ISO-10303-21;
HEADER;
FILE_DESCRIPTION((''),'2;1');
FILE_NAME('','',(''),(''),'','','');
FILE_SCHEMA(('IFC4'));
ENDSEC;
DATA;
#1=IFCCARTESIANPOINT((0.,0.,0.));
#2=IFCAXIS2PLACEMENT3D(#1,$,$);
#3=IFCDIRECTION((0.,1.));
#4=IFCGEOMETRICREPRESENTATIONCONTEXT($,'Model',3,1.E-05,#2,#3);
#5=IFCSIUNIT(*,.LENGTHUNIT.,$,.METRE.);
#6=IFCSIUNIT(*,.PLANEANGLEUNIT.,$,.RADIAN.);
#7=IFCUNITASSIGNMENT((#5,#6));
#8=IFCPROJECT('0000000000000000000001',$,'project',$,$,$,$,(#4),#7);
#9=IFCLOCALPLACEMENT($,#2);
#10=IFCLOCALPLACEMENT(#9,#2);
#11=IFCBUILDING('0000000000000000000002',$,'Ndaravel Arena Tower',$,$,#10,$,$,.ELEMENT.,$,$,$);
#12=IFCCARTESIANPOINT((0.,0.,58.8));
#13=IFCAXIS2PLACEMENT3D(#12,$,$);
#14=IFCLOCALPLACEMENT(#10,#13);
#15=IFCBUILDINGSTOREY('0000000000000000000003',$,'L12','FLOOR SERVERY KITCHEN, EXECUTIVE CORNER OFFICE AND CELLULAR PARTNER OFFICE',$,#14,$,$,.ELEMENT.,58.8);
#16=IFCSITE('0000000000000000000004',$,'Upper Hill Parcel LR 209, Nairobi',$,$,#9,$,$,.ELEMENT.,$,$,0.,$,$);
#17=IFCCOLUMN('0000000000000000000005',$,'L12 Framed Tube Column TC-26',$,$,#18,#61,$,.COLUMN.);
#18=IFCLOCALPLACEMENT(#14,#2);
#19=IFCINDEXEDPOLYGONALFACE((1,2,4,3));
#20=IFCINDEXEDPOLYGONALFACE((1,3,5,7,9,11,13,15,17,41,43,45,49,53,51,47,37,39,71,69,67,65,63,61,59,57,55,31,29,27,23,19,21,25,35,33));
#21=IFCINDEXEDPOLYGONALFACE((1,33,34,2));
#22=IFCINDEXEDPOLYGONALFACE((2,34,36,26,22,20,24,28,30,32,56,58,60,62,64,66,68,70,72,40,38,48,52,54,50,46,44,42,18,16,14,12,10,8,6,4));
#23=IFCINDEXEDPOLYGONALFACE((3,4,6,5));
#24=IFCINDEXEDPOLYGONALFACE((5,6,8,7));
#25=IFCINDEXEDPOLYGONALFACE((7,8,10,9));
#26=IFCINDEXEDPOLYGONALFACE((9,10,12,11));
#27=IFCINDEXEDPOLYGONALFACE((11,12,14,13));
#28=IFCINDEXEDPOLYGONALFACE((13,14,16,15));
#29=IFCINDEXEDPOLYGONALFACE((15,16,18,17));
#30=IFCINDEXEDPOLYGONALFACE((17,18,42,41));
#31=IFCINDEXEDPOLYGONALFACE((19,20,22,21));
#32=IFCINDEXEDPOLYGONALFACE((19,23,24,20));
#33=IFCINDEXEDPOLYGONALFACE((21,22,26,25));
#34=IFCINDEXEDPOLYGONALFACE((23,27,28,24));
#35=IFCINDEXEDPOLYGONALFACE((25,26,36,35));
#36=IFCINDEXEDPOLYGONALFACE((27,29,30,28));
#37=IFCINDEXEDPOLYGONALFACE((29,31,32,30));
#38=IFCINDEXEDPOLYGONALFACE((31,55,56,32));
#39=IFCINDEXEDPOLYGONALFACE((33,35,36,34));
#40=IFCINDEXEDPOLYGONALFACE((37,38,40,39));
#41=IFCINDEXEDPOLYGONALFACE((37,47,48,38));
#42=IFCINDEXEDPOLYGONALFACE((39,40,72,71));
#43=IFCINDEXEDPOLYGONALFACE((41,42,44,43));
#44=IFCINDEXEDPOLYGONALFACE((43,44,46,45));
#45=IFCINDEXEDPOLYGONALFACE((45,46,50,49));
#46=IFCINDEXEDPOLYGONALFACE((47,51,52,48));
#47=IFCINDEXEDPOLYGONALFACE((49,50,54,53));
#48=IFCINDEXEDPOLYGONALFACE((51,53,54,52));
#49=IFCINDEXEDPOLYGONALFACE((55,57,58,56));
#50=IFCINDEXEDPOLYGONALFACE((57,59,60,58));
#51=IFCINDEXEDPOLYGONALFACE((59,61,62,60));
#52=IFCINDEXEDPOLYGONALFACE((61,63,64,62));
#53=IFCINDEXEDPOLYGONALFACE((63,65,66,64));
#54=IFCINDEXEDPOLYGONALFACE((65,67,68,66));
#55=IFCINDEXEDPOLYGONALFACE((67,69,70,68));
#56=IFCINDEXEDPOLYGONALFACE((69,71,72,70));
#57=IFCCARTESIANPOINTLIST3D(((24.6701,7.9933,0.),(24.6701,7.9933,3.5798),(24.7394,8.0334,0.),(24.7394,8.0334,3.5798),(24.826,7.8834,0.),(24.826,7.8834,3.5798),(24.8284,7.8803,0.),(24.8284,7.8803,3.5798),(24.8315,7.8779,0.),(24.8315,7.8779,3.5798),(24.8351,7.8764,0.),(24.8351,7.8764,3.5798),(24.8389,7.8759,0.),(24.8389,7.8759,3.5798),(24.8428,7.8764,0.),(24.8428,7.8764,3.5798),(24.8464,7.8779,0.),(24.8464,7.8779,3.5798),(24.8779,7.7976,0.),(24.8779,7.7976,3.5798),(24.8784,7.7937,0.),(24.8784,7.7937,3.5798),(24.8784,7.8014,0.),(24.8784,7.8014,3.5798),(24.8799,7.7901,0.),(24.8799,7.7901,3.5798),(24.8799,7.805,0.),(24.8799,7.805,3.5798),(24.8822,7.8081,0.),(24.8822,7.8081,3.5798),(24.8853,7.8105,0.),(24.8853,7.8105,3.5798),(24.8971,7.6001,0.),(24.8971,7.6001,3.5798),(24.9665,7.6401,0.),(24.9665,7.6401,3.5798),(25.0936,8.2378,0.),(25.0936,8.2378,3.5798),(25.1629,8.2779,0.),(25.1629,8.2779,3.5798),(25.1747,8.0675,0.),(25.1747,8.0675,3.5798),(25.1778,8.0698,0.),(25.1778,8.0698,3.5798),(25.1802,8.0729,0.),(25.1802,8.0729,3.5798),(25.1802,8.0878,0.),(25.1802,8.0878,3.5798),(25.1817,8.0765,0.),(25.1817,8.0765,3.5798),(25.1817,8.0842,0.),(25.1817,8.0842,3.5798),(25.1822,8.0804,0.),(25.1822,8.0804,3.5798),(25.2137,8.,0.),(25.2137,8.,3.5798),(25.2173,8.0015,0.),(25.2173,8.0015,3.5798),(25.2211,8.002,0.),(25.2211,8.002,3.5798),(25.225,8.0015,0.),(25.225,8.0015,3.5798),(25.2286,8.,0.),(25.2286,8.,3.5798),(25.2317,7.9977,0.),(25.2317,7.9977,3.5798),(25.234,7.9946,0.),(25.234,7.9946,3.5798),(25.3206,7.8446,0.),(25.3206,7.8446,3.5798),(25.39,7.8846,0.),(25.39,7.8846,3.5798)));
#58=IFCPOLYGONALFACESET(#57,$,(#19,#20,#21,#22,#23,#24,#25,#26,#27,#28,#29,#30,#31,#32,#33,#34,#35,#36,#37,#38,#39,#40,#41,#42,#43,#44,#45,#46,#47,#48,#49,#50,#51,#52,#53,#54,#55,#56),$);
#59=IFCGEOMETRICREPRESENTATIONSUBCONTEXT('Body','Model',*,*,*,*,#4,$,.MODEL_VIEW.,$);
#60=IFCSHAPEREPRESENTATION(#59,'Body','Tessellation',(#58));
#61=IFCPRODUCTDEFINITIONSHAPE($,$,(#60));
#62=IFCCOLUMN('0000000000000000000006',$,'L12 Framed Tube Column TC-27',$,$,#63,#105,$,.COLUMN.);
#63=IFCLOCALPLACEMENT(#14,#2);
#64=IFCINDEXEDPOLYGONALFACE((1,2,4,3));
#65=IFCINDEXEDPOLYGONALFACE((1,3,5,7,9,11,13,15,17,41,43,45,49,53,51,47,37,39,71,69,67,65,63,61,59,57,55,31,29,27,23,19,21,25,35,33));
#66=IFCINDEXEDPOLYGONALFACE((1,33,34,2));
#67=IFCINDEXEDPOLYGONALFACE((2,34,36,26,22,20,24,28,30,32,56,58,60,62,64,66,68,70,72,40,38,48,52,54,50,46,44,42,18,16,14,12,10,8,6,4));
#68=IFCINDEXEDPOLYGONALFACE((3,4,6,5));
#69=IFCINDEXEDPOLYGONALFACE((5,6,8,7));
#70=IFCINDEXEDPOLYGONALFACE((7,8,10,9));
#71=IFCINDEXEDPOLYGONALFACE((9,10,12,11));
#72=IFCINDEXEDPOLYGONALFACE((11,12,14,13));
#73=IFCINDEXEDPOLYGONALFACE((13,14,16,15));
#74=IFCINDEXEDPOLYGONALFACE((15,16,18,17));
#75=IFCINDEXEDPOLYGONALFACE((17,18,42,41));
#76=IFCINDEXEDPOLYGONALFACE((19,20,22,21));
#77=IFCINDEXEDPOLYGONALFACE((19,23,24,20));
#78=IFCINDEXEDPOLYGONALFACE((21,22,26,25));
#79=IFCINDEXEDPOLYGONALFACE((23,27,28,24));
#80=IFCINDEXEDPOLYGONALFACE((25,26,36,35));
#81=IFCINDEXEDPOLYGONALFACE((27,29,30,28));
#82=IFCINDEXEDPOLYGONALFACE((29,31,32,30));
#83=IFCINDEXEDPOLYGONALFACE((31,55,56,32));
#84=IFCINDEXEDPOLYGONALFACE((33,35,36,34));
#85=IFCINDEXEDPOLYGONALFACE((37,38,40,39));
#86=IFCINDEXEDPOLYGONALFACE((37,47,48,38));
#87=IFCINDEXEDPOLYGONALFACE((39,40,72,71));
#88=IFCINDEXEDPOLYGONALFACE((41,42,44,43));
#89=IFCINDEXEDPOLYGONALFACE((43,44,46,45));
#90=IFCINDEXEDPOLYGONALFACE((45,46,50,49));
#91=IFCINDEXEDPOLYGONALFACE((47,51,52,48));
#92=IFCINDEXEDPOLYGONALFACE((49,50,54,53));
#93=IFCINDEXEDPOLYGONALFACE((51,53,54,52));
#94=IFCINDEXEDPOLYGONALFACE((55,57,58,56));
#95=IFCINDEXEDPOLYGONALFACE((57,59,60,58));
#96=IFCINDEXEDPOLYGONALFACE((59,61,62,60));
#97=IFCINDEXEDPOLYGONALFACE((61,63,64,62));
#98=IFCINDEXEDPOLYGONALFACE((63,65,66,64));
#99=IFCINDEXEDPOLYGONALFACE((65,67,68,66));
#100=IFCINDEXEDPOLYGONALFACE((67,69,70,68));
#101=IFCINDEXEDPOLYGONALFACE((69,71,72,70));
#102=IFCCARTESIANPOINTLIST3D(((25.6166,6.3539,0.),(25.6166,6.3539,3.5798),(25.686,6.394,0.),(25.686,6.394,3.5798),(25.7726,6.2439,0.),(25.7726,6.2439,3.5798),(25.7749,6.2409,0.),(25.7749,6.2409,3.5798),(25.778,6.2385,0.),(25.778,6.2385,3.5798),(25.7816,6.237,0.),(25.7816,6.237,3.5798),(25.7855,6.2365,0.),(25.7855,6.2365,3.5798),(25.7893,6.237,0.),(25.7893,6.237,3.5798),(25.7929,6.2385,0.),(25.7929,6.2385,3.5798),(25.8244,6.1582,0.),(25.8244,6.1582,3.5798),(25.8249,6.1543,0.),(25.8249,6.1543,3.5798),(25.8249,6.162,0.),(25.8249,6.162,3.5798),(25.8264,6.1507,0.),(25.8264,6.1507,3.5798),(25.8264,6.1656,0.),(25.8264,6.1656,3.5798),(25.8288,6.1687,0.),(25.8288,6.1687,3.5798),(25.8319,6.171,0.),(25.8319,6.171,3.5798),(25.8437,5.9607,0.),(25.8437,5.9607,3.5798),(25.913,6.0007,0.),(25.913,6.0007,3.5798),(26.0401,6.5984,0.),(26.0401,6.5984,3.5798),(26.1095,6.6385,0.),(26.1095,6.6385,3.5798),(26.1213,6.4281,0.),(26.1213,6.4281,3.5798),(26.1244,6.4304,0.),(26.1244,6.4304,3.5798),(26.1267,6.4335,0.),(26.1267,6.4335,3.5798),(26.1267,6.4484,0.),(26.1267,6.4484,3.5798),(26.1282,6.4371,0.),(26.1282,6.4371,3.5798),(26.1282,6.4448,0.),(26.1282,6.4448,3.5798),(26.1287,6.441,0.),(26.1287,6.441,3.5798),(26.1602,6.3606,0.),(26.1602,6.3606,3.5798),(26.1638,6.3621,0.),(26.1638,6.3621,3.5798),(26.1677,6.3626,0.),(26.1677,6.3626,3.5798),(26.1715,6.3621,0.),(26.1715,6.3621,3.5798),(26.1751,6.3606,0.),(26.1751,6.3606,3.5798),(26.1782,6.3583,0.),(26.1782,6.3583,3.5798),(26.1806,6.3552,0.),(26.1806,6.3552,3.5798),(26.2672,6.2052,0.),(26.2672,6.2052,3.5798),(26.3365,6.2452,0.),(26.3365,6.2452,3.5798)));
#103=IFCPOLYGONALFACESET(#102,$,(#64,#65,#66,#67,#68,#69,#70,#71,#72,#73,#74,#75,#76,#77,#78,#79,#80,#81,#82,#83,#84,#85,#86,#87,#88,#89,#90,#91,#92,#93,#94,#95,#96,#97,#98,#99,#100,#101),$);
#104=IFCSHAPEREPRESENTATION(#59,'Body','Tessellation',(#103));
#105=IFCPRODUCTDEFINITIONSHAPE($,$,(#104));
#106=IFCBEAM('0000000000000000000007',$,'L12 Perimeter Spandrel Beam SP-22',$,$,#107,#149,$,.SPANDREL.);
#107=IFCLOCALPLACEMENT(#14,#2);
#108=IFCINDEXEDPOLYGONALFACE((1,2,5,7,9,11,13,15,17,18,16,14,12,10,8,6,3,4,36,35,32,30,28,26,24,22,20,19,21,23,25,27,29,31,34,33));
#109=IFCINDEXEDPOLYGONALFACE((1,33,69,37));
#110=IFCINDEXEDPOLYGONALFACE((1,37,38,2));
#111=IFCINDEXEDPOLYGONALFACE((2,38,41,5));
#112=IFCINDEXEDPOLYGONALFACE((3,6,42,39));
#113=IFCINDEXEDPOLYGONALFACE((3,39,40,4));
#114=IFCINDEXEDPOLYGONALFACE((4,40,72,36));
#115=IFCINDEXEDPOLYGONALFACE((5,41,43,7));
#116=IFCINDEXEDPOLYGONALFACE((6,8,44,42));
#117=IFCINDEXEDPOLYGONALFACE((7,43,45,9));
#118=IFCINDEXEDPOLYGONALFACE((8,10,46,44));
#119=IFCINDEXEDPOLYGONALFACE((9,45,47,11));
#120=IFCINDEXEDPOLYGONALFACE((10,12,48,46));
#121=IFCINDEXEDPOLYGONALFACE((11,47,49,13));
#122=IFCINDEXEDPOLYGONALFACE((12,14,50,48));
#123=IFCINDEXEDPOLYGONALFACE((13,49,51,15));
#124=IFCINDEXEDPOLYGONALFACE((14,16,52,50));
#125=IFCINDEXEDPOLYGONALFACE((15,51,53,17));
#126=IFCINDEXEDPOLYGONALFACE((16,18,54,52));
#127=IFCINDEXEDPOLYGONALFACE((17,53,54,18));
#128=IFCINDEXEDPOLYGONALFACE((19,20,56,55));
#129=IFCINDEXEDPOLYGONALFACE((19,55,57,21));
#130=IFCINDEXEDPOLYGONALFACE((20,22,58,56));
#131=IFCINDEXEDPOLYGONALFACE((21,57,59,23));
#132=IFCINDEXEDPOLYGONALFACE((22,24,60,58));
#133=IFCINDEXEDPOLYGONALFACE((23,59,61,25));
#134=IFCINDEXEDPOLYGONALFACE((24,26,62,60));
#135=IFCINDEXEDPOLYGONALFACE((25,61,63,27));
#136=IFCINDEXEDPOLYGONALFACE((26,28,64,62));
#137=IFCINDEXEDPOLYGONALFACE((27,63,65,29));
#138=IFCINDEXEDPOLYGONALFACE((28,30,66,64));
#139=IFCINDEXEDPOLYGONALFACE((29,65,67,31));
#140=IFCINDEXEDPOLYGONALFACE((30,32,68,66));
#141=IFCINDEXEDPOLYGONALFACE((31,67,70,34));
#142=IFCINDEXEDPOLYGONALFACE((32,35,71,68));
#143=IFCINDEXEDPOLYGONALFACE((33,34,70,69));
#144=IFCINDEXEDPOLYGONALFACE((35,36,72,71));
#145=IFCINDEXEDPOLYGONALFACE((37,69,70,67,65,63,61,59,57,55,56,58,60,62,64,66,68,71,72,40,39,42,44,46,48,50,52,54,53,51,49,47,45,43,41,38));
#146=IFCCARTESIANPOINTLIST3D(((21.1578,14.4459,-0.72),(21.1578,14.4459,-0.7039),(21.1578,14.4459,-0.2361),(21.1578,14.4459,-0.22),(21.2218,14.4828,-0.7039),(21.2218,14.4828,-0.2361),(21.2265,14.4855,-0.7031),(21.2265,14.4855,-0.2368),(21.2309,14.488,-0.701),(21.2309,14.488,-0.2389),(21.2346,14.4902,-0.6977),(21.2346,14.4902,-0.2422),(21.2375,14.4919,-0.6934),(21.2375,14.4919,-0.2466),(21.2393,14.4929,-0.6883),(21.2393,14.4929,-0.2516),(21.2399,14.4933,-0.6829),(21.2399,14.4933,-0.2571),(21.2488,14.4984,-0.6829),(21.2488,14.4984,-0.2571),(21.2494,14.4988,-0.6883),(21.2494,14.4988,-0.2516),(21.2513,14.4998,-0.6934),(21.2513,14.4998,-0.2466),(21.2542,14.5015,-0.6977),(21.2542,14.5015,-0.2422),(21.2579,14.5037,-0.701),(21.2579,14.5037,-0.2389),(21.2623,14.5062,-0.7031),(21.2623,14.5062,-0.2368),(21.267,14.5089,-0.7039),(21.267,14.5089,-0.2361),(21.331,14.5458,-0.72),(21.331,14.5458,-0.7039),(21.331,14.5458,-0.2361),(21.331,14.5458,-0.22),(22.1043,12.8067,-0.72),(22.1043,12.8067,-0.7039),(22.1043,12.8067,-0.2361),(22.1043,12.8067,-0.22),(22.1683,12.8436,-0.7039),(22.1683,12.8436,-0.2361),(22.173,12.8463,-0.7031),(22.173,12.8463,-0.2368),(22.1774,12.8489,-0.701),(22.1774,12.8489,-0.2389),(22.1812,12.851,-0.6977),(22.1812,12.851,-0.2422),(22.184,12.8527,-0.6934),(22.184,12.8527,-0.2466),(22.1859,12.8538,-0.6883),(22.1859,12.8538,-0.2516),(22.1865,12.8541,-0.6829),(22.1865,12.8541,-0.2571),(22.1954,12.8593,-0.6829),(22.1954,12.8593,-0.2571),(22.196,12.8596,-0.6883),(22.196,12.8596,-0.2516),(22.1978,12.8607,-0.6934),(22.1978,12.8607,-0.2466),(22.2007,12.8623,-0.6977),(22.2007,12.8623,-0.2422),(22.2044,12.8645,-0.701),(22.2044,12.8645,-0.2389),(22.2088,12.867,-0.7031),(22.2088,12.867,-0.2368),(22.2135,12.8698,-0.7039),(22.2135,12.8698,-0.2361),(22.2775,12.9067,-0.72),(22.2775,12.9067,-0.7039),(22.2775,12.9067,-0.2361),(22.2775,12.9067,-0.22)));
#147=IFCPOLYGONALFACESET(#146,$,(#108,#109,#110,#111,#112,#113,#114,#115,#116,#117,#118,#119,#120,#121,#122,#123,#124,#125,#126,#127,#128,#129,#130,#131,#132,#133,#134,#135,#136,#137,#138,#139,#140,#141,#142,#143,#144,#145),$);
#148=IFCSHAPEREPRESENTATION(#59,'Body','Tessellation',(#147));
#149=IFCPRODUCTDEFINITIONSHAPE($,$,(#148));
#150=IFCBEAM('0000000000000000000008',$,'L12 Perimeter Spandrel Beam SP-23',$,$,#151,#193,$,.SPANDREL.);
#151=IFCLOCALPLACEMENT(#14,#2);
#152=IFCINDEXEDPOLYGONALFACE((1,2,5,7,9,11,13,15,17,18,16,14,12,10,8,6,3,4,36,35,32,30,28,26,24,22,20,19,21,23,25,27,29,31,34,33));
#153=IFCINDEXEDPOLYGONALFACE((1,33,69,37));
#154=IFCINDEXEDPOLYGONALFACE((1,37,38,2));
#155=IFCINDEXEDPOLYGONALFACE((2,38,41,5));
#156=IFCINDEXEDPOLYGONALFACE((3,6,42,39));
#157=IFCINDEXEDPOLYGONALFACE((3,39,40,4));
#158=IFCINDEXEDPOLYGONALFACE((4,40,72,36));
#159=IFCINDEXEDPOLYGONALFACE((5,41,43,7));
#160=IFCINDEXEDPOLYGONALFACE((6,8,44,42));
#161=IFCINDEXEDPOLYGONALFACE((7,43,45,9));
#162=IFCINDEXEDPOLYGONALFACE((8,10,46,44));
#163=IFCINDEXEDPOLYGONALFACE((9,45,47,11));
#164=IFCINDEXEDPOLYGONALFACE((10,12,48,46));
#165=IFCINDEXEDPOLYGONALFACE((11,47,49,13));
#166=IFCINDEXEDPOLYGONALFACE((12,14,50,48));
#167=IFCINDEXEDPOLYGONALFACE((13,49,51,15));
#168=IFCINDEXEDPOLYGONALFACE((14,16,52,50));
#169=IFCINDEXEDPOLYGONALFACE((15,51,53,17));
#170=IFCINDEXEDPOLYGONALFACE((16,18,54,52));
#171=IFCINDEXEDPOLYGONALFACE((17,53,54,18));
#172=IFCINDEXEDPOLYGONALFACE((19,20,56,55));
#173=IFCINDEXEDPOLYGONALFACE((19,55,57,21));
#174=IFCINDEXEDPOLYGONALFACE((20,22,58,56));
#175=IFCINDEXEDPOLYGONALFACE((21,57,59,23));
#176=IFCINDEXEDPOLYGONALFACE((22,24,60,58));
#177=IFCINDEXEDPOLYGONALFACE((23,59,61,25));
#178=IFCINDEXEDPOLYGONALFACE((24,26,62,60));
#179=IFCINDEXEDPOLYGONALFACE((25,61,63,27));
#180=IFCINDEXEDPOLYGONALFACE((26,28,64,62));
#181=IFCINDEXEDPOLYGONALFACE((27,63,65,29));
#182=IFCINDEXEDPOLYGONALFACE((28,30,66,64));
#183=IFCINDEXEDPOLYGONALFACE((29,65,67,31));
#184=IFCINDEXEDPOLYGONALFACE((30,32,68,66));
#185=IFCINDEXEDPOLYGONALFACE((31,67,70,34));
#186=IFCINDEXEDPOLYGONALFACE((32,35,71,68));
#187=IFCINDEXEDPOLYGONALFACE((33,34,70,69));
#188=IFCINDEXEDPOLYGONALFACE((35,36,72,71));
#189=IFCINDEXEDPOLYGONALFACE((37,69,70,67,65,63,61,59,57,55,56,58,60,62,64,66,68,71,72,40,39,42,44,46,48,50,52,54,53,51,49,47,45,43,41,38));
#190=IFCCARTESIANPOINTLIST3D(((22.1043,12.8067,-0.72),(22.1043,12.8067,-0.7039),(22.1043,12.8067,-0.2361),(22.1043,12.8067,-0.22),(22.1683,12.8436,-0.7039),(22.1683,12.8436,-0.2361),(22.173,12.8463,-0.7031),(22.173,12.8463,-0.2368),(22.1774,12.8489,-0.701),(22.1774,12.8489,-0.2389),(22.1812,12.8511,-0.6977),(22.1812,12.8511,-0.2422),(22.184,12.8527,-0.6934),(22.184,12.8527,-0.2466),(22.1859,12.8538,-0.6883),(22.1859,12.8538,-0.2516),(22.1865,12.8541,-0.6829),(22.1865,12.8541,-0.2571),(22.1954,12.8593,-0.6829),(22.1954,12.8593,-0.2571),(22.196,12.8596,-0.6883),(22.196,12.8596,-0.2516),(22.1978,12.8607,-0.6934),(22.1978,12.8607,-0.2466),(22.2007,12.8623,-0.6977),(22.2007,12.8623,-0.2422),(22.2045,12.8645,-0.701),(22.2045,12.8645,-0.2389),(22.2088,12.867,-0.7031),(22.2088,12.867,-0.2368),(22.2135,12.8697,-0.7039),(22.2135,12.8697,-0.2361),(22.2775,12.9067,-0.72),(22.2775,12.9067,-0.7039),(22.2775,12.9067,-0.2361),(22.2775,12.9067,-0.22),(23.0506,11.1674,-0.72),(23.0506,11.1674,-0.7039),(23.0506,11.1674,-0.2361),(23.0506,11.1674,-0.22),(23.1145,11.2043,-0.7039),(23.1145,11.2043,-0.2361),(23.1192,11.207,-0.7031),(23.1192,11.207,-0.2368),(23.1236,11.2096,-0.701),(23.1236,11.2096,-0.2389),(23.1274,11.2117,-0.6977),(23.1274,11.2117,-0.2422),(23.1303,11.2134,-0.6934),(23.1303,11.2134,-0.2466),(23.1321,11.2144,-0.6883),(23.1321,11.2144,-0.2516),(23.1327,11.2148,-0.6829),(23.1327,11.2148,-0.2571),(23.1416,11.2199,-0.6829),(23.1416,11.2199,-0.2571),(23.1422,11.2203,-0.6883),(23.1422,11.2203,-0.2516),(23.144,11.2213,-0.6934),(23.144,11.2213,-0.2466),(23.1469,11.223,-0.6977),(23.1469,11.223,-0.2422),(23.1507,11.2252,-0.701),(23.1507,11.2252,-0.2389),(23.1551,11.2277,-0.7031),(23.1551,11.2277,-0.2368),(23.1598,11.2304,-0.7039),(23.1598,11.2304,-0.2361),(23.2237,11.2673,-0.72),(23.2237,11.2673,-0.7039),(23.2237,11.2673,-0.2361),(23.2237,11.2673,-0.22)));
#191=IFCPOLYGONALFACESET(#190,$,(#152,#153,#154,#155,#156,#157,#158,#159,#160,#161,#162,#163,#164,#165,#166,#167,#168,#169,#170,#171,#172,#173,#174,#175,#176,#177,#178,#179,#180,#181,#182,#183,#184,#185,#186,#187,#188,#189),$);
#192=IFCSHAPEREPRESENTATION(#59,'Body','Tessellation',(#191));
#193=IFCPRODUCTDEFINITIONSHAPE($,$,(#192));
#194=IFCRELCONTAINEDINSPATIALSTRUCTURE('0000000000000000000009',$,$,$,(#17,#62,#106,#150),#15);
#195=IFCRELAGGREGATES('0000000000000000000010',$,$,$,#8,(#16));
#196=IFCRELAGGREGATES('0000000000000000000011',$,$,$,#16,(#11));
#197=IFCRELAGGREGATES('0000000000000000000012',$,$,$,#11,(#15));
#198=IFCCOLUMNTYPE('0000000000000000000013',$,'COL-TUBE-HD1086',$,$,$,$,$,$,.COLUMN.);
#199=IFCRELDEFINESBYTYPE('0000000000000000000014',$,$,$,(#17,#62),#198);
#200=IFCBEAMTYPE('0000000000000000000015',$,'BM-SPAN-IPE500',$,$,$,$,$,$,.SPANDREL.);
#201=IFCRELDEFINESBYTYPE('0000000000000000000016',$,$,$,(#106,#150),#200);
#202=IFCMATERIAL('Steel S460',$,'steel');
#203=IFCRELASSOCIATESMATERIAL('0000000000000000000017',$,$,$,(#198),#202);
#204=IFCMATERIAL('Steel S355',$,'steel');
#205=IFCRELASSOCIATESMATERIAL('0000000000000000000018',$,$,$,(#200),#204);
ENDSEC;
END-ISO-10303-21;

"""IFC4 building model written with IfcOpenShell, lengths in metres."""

from ifc_helpers import new_model, si_unit, direction, frame, origin, origin_2d, place, context, subcontext, project, spatial, i_section, extrude, material, material_profile, profile_set, type_object, element, save


model = new_model("IFC4")

# Units and contexts
model_context = context("Model", 3, precision=1e-05, world=origin(), true_north=direction((0.0, 1.0)))
body_context = subcontext(model_context, "Body", "Model", "MODEL_VIEW")
ifc_project = project(units=[si_unit("LENGTHUNIT", "METRE"), si_unit("PLANEANGLEUNIT", "RADIAN")], contexts=[model_context])

# Site, building, storey
site_placement = place(None, origin())
site = spatial("IfcSite", under=ifc_project, at=site_placement, Name="Upper Hill Parcel LR 209, Nairobi", CompositionType="ELEMENT", RefElevation=0.0)
building_placement = place(site_placement, origin())
building = spatial("IfcBuilding", under=site, at=building_placement, Name="Ndaravel Arena Tower", CompositionType="ELEMENT")
storey_placement = place(building_placement, frame((0.0, 0.0, 58.8)))
storey = spatial("IfcBuildingStorey", under=building, at=storey_placement, Name="L12", Description="FLOOR SERVERY KITCHEN, EXECUTIVE CORNER OFFICE AND CELLULAR PARTNER OFFICE", CompositionType="ELEMENT", Elevation=58.8)

# Columns
ifc_material_1 = material(Name="Steel S460", Category="steel")
ifc_material_profile_1 = material_profile(ifc_material_1, i_section(OverallWidth=0.4541, OverallDepth=0.5691, WebThickness=0.0779, FlangeThickness=0.0801, FilletRadius=0.0149, at=origin_2d()), Name="HD 400x1086")
ifc_profile_set_1 = profile_set([ifc_material_profile_1], Name="Steel S460")
column_type = type_object("IfcColumnType", Name="COL-TUBE-HD1086", PredefinedType="COLUMN", material=ifc_profile_set_1)
for number, where, z_axis, x_axis, name in (
    (1, (25.03, 7.939, 0.0), (0.0, 0.0, 1.0), (-0.5, 0.866025, 0.0), "L12 Framed Tube Column TC-26"),
    (2, (25.9766, 6.2996, 0.0), (0.0, 0.0, 1.0), (-0.5, 0.866025, 0.0), "L12 Framed Tube Column TC-27"),
):
    element("IfcColumn", number, at=place(storey_placement, frame(where, z_axis=z_axis, x_axis=x_axis)), inside=storey, type_object=column_type, Name=name, PredefinedType="COLUMN", context=body_context, shape_type="SweptSolid", body=[
        extrude(i_section(OverallWidth=0.4541, OverallDepth=0.5691, WebThickness=0.0779, FlangeThickness=0.0801, FilletRadius=0.0149, at=origin_2d()), origin(), (0.0, 0.0, 1.0), 3.5798),
    ])

# Beams
ifc_material_2 = material(Name="Steel S355", Category="steel")
ifc_material_profile_2 = material_profile(ifc_material_2, i_section(OverallWidth=0.2, OverallDepth=0.5, WebThickness=0.0103, FlangeThickness=0.0161, FilletRadius=0.021, at=origin_2d()), Name="IPE 500")
ifc_profile_set_2 = profile_set([ifc_material_profile_2], Name="Steel S355")
beam_type = type_object("IfcBeamType", Name="BM-SPAN-IPE500", PredefinedType="SPANDREL", material=ifc_profile_set_2)
for number, where, z_axis, x_axis, name in (
    (3, (21.2444, 14.4958, -0.47), (0.500065, -0.865988, 0.0), (0.865988, 0.500065, 0.0), "L12 Perimeter Spandrel Beam SP-22"),
    (4, (22.1909, 12.8567, -0.47), (0.499912, -0.866076, 0.0), (0.866076, 0.499912, 0.0), "L12 Perimeter Spandrel Beam SP-23"),
):
    element("IfcBeam", number, at=place(storey_placement, frame(where, z_axis=z_axis, x_axis=x_axis)), inside=storey, type_object=beam_type, Name=name, PredefinedType="SPANDREL", context=body_context, shape_type="SweptSolid", body=[
        extrude(i_section(OverallWidth=0.2, OverallDepth=0.5, WebThickness=0.0103, FlangeThickness=0.0161, FilletRadius=0.021, at=origin_2d()), origin(), (0.0, 0.0, 1.0), 1.8928),
    ])

save(model, "model.ifc")
